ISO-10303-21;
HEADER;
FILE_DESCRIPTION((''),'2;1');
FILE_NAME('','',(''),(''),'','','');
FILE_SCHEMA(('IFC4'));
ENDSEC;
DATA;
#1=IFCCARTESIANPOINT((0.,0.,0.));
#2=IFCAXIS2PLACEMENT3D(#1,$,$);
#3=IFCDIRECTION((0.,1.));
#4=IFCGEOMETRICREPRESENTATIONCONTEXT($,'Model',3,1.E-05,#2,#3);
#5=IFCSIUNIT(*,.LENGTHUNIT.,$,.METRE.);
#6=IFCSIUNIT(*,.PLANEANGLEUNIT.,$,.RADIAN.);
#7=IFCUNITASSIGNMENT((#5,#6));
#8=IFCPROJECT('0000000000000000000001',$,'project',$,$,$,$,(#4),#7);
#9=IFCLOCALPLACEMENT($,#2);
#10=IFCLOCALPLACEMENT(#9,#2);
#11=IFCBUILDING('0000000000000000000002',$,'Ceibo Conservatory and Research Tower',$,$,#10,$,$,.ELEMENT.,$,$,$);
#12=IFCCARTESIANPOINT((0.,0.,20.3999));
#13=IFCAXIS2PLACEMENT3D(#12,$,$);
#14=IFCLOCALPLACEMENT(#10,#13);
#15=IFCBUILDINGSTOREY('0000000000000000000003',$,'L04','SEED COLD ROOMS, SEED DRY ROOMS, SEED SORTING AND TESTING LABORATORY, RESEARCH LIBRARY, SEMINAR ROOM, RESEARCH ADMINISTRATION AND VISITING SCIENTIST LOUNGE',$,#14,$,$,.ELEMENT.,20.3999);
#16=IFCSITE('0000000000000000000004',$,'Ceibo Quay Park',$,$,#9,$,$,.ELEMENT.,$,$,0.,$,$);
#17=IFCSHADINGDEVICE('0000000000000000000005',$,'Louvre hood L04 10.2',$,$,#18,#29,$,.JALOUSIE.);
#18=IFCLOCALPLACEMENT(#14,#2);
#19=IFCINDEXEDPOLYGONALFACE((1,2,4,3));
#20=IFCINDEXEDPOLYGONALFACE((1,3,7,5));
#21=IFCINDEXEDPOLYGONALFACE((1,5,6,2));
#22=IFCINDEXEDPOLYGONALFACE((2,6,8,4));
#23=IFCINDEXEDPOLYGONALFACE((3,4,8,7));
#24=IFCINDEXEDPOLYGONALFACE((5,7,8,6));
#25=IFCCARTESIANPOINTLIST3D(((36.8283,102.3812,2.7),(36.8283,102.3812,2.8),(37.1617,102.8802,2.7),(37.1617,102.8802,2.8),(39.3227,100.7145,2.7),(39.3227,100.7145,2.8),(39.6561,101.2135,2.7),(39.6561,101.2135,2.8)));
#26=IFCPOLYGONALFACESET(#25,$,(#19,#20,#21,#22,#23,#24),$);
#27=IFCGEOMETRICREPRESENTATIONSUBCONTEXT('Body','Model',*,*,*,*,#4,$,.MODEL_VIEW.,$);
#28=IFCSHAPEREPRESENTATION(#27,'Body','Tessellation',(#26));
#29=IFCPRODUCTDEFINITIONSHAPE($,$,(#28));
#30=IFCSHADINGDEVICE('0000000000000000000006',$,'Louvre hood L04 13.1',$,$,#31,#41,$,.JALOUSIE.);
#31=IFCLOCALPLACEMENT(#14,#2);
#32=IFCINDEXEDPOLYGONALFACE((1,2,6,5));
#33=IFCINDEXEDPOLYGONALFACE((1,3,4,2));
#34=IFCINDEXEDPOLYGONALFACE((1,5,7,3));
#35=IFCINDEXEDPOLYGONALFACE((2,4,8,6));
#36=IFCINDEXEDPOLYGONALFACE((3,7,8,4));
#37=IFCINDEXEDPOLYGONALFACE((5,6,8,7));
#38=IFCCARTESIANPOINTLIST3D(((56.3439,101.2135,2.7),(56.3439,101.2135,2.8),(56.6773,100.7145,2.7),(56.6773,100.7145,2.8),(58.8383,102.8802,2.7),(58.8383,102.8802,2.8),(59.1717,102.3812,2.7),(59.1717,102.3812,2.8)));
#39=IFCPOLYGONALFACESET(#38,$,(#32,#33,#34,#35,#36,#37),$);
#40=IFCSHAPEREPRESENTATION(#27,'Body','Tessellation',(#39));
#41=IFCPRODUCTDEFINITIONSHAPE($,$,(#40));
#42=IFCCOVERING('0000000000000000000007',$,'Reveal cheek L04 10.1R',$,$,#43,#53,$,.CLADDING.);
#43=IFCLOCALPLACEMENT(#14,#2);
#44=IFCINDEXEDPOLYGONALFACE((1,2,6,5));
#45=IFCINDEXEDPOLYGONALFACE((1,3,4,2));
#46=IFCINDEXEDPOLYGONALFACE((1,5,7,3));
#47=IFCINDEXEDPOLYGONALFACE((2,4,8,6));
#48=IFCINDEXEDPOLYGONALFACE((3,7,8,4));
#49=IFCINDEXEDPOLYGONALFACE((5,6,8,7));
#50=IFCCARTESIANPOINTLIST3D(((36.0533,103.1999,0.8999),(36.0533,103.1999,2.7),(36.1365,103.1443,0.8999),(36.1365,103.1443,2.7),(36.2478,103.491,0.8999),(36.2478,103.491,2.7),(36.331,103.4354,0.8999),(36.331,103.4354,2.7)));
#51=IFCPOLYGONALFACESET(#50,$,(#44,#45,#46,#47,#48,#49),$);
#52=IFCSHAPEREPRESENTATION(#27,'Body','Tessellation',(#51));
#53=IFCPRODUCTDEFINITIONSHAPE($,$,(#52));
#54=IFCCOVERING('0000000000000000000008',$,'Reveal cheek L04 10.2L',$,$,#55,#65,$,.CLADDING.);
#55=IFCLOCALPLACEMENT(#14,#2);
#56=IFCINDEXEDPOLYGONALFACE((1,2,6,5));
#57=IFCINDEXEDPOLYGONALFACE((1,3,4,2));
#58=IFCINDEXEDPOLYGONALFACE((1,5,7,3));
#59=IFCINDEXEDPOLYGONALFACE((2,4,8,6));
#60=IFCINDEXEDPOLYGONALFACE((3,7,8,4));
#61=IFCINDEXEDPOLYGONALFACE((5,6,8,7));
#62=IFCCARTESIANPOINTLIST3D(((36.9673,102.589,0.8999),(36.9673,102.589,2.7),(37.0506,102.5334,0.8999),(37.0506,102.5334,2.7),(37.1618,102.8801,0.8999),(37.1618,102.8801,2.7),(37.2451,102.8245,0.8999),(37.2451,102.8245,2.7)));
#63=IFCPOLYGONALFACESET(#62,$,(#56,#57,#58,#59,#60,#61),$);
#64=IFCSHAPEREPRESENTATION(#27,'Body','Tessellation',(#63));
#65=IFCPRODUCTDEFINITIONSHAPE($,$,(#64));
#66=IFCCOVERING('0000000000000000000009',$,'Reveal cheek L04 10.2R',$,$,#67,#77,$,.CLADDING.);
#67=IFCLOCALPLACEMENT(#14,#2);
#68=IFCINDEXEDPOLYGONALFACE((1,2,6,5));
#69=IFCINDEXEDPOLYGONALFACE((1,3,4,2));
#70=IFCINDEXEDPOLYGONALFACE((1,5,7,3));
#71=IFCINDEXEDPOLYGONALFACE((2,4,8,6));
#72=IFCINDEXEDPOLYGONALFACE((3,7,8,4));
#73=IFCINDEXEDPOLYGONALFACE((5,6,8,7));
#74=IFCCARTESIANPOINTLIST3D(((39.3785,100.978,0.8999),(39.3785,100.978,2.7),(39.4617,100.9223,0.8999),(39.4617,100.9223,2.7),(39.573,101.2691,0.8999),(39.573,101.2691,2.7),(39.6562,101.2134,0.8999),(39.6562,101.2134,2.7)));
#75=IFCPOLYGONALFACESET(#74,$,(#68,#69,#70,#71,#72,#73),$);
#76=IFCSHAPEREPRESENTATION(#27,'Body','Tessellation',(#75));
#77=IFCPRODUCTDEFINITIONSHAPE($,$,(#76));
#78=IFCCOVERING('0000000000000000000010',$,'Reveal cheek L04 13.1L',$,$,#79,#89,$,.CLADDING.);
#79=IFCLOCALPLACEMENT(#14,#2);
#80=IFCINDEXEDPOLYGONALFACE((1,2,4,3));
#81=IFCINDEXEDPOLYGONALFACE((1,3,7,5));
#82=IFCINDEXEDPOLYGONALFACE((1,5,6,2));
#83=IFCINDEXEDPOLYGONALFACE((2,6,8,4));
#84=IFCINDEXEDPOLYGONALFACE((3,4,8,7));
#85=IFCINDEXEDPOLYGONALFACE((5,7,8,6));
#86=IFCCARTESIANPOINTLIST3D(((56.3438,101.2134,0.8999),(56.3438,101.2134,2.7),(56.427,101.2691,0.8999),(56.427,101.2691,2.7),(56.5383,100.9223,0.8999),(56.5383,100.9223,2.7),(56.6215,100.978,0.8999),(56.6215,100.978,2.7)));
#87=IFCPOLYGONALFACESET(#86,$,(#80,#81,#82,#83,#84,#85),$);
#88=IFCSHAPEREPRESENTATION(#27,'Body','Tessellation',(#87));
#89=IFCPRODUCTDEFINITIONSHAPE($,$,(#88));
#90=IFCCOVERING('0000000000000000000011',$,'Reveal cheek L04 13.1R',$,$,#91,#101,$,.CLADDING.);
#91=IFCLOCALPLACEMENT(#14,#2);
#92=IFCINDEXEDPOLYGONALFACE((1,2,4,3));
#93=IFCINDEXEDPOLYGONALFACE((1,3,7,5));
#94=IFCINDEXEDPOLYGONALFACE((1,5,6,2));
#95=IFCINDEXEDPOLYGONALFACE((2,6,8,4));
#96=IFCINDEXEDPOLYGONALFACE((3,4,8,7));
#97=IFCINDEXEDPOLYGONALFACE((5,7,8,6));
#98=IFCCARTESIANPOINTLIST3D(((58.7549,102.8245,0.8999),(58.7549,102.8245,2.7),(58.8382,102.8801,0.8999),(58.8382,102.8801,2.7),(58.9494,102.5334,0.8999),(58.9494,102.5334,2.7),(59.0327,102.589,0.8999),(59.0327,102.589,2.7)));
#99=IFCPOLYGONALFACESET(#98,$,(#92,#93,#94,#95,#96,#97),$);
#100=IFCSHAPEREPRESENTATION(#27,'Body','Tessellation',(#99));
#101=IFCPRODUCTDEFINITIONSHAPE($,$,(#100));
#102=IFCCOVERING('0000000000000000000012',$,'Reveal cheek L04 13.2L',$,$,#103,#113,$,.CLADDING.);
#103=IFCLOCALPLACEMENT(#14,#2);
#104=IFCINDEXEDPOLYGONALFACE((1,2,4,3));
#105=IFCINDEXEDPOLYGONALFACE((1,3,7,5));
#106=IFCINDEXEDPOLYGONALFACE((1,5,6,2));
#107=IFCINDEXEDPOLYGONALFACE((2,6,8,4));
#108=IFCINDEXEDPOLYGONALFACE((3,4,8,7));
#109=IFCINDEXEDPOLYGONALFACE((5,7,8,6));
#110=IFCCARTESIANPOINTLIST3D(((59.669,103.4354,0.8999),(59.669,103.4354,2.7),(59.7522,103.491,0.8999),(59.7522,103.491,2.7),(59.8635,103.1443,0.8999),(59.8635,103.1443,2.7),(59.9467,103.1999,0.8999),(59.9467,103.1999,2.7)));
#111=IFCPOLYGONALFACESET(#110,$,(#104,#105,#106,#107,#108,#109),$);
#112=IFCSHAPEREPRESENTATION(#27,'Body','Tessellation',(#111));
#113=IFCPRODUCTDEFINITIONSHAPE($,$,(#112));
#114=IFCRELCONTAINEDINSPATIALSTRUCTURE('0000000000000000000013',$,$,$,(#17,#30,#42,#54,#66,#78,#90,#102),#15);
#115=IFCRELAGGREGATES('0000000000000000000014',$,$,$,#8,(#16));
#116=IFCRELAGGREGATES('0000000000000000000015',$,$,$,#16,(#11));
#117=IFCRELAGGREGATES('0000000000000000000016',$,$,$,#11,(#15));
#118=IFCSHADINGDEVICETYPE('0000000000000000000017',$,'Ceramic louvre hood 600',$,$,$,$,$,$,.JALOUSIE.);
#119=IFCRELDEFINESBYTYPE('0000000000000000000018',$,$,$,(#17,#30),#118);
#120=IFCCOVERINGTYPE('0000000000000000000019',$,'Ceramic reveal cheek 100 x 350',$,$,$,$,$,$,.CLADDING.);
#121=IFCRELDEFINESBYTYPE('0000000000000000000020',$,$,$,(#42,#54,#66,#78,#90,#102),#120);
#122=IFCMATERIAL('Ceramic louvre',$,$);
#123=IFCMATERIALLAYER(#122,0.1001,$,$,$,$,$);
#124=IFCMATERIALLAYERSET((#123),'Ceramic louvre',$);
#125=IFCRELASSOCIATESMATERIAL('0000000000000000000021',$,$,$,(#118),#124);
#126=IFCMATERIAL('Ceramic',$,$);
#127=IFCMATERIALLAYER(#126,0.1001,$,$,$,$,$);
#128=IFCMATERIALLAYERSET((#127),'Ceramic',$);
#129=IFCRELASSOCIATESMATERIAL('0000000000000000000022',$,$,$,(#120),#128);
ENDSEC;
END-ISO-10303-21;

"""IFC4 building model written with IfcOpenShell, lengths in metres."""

from ifc_helpers import new_model, si_unit, direction, frame, origin, origin_2d, place, context, subcontext, project, spatial, rectangle, extrude, material, layer, layer_set, type_object, element, save


model = new_model("IFC4")

# Units and contexts
model_context = context("Model", 3, precision=1e-05, world=origin(), true_north=direction((0.0, 1.0)))
body_context = subcontext(model_context, "Body", "Model", "MODEL_VIEW")
ifc_project = project(units=[si_unit("LENGTHUNIT", "METRE"), si_unit("PLANEANGLEUNIT", "RADIAN")], contexts=[model_context])

# Site, building, storey
site_placement = place(None, origin())
site = spatial("IfcSite", under=ifc_project, at=site_placement, Name="Ceibo Quay Park", CompositionType="ELEMENT", RefElevation=0.0)
building_placement = place(site_placement, origin())
building = spatial("IfcBuilding", under=site, at=building_placement, Name="Ceibo Conservatory and Research Tower", CompositionType="ELEMENT")
storey_placement = place(building_placement, frame((0.0, 0.0, 20.3999)))
storey = spatial("IfcBuildingStorey", under=building, at=storey_placement, Name="L04", Description="SEED COLD ROOMS, SEED DRY ROOMS, SEED SORTING AND TESTING LABORATORY, RESEARCH LIBRARY, SEMINAR ROOM, RESEARCH ADMINISTRATION AND VISITING SCIENTIST LOUNGE", CompositionType="ELEMENT", Elevation=20.3999)

# Shading devices
ifc_material_1 = material(Name="Ceramic louvre")
ifc_layer_1 = layer(ifc_material_1, 0.1001)
ifc_layer_set_1 = layer_set([ifc_layer_1], Name="Ceramic louvre")
shading_device_type = type_object("IfcShadingDeviceType", Name="Ceramic louvre hood 600", PredefinedType="JALOUSIE", material=ifc_layer_set_1)
for number, where, z_axis, x_axis, name in (
    (1, (38.2422, 101.7974, 2.7), (0.0, 0.0, 1.0), (0.83147, -0.55557, 0.0), "Louvre hood L04 10.2"),
    (2, (57.7578, 101.7974, 2.7), (0.0, 0.0, 1.0), (0.83147, 0.55557, 0.0), "Louvre hood L04 13.1"),
):
    element("IfcShadingDevice", number, at=place(storey_placement, frame(where, z_axis=z_axis, x_axis=x_axis)), inside=storey, type_object=shading_device_type, Name=name, PredefinedType="JALOUSIE", context=body_context, shape_type="SweptSolid", body=[
        extrude(rectangle(XDim=3.0, YDim=0.6001, at=origin_2d()), origin(), (0.0, 0.0, 1.0), 0.1001),
    ])

# Coverings
ifc_material_2 = material(Name="Ceramic")
ifc_layer_2 = layer(ifc_material_2, 0.1001)
ifc_layer_set_2 = layer_set([ifc_layer_2], Name="Ceramic")
covering_type = type_object("IfcCoveringType", Name="Ceramic reveal cheek 100 x 350", PredefinedType="CLADDING", material=ifc_layer_set_2)
for number, where, z_axis, x_axis, name in (
    (3, (36.1921, 103.3176, 0.8999), (0.0, 0.0, 1.0), (0.83147, -0.55557, 0.0), "Reveal cheek L04 10.1R"),
    (4, (37.1062, 102.7068, 0.8999), (0.0, 0.0, 1.0), (0.83147, -0.55557, 0.0), "Reveal cheek L04 10.2L"),
    (5, (39.5173, 101.0957, 0.8999), (0.0, 0.0, 1.0), (0.83147, -0.55557, 0.0), "Reveal cheek L04 10.2R"),
    (6, (56.4827, 101.0957, 0.8999), (0.0, 0.0, 1.0), (0.83147, 0.55557, 0.0), "Reveal cheek L04 13.1L"),
    (7, (58.8938, 102.7068, 0.8999), (0.0, 0.0, 1.0), (0.83147, 0.55557, 0.0), "Reveal cheek L04 13.1R"),
    (8, (59.8079, 103.3176, 0.8999), (0.0, 0.0, 1.0), (0.83147, 0.55557, 0.0), "Reveal cheek L04 13.2L"),
):
    element("IfcCovering", number, at=place(storey_placement, frame(where, z_axis=z_axis, x_axis=x_axis)), inside=storey, type_object=covering_type, Name=name, PredefinedType="CLADDING", context=body_context, shape_type="SweptSolid", body=[
        extrude(rectangle(XDim=0.1001, YDim=0.3501, at=origin_2d()), origin(), (0.0, 0.0, 1.0), 1.8),
    ])

save(model, "model.ifc")
